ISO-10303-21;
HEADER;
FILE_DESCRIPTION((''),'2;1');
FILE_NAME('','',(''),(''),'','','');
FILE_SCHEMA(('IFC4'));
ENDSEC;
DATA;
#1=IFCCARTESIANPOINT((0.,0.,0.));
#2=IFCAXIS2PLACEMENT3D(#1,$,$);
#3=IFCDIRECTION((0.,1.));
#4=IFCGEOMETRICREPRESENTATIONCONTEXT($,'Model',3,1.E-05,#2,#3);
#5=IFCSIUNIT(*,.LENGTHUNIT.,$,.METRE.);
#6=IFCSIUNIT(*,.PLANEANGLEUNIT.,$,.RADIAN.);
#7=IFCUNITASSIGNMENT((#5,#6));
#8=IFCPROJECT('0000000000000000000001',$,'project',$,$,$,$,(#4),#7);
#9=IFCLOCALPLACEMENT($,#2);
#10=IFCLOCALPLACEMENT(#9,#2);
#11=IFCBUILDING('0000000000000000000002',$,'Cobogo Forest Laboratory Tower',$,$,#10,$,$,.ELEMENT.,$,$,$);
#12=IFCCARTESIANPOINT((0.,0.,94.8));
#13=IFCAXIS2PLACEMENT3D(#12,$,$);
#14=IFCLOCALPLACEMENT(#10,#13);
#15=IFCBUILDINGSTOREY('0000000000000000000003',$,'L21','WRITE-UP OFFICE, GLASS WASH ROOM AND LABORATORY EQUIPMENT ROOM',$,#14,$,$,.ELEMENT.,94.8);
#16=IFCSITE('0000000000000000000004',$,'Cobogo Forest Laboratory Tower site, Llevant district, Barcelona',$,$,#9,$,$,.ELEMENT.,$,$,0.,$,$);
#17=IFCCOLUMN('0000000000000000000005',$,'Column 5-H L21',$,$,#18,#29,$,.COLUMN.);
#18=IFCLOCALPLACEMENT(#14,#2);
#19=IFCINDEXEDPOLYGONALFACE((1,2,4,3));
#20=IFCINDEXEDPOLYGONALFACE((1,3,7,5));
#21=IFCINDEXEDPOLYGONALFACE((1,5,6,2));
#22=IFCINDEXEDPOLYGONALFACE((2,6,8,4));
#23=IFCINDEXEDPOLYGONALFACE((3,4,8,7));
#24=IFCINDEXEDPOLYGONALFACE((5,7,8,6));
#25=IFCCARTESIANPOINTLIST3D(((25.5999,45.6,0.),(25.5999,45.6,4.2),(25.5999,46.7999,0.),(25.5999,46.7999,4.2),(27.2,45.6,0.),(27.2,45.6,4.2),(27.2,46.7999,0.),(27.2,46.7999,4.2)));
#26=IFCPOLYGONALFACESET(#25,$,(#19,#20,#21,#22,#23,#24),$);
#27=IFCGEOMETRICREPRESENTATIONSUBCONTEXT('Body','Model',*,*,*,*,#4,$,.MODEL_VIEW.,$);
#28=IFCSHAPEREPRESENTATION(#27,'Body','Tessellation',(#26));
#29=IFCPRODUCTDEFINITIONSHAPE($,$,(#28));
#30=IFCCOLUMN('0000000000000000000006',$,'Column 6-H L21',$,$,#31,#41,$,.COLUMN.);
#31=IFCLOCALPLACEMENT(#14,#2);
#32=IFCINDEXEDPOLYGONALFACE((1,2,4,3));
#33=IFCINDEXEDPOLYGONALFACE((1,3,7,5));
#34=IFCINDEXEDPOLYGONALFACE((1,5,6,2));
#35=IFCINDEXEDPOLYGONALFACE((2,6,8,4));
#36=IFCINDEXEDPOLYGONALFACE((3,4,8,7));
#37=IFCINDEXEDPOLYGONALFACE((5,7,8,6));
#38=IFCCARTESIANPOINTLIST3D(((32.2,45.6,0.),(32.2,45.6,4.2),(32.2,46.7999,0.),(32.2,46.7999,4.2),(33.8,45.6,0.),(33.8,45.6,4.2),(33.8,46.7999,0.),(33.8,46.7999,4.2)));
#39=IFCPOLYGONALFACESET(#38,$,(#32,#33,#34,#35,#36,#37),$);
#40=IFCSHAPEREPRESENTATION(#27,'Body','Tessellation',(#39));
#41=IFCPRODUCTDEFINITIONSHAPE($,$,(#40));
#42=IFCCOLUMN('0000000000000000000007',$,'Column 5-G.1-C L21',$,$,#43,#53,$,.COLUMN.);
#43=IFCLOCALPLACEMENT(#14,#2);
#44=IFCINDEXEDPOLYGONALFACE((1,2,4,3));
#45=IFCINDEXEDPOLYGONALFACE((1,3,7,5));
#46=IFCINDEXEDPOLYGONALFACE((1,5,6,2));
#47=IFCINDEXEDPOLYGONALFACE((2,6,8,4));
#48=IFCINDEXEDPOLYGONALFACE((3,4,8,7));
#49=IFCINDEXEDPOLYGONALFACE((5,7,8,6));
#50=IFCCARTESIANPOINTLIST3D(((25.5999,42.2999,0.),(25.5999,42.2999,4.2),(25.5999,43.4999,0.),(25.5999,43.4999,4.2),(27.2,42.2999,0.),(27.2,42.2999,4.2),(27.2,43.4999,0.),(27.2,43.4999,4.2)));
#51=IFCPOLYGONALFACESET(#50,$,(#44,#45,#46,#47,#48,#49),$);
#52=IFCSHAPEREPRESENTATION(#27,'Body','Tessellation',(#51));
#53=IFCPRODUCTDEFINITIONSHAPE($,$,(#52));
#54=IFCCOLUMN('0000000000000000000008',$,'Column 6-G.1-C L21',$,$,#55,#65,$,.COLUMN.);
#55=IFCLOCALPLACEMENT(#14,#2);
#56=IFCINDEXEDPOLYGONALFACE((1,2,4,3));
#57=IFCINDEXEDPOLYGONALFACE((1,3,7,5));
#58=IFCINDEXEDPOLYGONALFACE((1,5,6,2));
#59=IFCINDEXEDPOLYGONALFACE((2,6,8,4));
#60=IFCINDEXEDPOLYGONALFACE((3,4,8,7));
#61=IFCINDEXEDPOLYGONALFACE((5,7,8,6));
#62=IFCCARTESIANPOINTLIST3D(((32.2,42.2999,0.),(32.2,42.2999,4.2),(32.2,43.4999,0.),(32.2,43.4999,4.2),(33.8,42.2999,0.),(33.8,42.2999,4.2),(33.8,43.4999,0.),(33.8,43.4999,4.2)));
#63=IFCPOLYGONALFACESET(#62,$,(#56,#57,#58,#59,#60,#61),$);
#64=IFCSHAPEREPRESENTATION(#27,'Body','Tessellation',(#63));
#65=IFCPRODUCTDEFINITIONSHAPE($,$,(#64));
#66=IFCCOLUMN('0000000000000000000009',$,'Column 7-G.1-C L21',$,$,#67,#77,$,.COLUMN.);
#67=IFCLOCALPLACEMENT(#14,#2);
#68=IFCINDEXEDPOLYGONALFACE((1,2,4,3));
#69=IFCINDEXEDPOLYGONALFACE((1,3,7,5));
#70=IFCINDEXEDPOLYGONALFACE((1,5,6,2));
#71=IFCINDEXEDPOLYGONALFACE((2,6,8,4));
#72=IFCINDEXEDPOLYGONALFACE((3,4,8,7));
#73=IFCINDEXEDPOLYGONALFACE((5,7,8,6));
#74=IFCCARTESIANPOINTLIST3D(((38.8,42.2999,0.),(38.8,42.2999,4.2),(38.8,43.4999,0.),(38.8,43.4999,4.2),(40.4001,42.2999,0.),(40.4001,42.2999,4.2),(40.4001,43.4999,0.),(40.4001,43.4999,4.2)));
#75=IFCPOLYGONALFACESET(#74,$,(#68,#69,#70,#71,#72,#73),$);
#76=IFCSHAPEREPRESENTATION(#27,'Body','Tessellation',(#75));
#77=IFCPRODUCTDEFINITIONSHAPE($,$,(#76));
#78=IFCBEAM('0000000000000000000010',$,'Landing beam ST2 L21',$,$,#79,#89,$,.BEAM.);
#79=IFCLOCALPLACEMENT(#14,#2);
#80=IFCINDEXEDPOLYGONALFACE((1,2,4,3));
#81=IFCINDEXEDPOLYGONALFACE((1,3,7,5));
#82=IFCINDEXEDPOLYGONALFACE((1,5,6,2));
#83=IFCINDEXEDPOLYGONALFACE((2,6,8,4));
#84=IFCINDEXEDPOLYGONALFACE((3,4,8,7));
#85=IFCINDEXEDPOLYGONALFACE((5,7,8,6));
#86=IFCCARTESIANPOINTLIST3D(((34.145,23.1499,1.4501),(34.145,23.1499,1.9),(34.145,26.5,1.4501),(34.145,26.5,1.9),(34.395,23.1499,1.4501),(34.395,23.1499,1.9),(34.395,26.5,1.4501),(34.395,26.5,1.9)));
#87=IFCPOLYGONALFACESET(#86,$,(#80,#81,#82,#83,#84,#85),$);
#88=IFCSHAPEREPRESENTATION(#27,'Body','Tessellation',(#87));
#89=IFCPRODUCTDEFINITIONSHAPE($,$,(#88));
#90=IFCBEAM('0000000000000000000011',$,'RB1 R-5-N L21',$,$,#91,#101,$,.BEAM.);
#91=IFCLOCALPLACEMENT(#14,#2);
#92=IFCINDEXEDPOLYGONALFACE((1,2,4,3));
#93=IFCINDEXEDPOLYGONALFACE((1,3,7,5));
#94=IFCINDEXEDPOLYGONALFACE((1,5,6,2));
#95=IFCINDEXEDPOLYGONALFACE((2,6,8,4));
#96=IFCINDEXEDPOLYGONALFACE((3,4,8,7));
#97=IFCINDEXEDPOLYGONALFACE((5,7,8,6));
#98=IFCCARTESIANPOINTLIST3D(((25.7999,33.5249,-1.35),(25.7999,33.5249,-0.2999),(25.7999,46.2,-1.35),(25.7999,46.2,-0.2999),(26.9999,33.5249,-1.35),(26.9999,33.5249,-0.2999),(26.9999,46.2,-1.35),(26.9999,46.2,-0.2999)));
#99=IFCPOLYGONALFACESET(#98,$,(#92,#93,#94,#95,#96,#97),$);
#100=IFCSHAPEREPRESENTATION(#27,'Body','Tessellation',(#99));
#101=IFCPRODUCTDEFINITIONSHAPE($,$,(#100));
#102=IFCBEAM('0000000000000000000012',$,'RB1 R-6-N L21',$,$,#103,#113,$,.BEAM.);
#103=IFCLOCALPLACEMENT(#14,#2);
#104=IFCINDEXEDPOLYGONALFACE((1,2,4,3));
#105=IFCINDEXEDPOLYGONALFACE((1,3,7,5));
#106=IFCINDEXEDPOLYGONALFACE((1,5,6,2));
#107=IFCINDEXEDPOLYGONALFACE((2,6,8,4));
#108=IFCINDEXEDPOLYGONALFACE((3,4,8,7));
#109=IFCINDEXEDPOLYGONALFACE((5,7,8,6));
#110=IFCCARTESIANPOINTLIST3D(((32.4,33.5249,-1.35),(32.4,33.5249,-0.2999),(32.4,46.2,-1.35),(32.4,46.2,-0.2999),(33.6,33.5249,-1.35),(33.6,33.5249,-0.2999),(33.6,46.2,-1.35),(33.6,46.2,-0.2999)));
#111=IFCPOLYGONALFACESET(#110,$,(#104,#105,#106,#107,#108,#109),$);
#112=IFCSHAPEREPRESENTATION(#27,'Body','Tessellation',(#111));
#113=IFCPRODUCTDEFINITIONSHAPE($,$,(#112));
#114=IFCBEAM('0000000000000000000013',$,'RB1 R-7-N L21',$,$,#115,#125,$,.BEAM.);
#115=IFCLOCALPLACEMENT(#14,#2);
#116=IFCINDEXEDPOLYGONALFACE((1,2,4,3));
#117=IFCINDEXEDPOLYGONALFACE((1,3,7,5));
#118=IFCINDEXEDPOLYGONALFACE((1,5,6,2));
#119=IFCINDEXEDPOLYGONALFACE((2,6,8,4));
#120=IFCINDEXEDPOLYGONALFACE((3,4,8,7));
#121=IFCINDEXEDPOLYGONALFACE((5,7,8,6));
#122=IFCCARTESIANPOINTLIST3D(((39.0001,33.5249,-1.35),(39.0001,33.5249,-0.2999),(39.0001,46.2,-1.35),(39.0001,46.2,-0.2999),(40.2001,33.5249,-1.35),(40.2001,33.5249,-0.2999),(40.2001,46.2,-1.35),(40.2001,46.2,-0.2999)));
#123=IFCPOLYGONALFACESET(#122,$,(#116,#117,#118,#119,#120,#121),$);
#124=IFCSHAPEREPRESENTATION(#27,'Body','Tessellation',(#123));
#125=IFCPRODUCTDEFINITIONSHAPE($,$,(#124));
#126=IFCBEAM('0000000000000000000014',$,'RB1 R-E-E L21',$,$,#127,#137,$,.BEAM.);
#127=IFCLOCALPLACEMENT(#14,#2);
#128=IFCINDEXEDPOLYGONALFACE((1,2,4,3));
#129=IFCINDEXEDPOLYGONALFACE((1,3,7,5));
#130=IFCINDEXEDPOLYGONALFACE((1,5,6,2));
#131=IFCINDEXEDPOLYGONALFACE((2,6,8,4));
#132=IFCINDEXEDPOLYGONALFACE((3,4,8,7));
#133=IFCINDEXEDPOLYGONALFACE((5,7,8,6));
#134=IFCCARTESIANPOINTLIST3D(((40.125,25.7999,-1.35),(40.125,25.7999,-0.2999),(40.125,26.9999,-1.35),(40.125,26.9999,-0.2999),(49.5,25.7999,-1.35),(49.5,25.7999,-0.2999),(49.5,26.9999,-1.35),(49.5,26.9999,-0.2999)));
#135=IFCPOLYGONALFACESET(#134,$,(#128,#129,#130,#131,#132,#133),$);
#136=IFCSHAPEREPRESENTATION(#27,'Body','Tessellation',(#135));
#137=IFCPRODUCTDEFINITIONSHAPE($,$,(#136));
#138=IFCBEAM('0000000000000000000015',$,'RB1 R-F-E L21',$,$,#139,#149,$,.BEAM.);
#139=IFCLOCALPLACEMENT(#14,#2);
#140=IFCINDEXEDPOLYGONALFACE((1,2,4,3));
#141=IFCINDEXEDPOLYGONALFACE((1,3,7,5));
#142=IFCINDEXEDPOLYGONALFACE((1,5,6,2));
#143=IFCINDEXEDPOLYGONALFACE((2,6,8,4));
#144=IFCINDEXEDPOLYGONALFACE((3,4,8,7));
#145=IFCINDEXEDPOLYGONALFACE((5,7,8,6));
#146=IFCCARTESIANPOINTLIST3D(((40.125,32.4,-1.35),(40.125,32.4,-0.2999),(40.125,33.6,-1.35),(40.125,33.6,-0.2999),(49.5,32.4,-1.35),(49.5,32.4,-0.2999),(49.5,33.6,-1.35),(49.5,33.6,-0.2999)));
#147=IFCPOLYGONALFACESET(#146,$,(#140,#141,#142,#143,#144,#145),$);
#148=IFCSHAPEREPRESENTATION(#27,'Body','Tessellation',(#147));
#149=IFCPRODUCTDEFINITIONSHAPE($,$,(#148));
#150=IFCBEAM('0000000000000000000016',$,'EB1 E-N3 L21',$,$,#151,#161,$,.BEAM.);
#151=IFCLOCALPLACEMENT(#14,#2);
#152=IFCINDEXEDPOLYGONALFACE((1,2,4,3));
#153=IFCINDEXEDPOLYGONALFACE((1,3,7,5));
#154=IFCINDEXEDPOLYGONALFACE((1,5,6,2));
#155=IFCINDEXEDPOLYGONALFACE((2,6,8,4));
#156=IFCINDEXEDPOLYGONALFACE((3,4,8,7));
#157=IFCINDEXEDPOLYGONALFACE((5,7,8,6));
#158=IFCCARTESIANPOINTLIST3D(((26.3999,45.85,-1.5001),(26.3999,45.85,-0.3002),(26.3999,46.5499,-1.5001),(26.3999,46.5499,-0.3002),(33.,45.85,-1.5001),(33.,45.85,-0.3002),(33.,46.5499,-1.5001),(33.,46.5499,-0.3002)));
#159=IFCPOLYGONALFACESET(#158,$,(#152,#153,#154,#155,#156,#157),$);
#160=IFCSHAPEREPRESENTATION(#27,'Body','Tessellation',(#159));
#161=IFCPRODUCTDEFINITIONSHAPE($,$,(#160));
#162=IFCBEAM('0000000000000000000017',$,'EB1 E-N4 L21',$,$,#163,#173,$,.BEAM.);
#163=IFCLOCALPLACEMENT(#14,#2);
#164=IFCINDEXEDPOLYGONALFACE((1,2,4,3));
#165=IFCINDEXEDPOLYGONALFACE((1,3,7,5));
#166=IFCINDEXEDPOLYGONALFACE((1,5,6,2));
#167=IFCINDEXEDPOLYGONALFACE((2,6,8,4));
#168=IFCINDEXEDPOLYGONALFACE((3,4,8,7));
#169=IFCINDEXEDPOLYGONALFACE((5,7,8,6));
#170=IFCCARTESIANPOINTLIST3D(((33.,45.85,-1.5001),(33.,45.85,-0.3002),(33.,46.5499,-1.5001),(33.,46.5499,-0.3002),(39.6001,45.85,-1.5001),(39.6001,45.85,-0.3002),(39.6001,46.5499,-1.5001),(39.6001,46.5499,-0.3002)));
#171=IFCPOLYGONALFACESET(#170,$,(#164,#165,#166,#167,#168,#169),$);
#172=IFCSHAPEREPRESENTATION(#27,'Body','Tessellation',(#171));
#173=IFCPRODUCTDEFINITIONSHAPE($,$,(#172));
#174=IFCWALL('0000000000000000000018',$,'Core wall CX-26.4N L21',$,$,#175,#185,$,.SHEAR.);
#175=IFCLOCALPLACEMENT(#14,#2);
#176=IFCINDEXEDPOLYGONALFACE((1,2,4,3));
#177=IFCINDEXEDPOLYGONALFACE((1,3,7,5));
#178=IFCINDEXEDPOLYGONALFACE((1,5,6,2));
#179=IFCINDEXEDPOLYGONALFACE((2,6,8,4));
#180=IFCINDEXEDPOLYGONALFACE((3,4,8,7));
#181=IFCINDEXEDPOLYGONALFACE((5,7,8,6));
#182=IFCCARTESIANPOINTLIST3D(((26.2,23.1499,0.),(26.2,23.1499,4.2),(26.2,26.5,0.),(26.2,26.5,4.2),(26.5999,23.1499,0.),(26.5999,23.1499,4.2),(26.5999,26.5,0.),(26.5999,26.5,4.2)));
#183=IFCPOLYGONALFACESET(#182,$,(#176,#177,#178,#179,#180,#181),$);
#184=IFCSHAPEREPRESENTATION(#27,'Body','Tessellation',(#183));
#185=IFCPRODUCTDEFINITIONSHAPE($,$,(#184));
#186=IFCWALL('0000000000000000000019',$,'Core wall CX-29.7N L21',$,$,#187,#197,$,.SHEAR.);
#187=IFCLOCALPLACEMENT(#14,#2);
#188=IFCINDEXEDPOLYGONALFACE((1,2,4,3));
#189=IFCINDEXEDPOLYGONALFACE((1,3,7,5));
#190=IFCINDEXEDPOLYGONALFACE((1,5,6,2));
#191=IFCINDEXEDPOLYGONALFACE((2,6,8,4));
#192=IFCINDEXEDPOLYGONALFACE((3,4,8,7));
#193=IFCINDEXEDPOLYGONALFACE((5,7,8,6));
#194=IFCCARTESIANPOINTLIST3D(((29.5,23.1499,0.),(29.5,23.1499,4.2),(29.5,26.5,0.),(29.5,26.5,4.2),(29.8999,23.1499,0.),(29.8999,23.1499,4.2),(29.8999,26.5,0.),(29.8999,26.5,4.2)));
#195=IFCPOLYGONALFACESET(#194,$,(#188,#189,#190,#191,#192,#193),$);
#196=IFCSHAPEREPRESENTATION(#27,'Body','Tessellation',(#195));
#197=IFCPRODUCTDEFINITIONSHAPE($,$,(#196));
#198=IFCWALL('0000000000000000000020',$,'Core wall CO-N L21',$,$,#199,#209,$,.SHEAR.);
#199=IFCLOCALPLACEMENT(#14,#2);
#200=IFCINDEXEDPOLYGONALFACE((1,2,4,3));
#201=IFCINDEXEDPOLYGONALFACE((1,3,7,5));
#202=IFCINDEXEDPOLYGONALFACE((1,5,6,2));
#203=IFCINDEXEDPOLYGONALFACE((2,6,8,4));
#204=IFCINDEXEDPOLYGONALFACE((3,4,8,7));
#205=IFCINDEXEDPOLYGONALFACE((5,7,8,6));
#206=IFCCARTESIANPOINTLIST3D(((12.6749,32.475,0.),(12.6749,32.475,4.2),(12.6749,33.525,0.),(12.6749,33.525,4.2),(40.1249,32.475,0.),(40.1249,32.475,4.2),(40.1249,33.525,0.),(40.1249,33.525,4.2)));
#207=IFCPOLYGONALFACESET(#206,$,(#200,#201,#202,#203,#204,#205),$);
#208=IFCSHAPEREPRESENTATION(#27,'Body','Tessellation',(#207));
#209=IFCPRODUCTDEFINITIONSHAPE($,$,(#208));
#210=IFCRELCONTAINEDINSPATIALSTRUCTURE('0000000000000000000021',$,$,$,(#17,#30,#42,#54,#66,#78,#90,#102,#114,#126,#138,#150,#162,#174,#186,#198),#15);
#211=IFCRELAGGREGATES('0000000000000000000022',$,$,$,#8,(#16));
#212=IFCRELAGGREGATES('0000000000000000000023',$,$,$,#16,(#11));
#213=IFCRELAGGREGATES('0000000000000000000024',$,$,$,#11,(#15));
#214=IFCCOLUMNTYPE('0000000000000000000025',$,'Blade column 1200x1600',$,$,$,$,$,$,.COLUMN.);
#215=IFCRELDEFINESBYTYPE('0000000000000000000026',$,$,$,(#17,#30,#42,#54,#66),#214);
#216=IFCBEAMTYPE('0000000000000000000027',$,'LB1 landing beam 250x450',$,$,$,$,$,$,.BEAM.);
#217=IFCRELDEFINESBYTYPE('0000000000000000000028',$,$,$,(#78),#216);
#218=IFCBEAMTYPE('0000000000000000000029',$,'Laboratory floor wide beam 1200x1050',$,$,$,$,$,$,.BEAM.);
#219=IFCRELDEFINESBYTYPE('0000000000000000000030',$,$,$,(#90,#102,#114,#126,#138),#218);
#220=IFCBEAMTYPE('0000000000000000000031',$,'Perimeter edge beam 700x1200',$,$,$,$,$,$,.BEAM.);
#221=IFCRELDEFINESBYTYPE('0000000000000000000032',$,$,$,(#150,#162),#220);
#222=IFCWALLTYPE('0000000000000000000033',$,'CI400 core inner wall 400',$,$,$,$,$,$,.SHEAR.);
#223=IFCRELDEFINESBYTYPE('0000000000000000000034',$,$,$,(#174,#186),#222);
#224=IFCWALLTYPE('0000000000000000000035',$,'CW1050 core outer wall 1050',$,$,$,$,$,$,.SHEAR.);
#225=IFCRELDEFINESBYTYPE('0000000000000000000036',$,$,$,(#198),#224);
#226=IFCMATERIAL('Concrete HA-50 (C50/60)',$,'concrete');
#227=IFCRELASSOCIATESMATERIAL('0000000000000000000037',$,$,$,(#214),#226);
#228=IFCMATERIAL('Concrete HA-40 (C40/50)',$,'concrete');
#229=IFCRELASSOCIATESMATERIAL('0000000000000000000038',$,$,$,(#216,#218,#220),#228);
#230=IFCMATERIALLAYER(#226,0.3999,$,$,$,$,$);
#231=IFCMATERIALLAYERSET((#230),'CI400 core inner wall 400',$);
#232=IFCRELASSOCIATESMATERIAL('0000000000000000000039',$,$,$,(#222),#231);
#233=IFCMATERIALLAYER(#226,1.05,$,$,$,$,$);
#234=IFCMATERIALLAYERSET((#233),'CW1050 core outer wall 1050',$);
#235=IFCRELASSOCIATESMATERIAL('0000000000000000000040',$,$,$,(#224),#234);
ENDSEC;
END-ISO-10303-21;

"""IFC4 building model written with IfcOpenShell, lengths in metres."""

from ifc_helpers import new_model, si_unit, direction, frame, frame_2d, origin, origin_2d, place, context, subcontext, project, spatial, rectangle, extrude, material, layer, layer_set, material_profile, profile_set, type_object, element, save


model = new_model("IFC4")

# Units and contexts
model_context = context("Model", 3, precision=1e-05, world=origin(), true_north=direction((0.0, 1.0)))
body_context = subcontext(model_context, "Body", "Model", "MODEL_VIEW")
ifc_project = project(units=[si_unit("LENGTHUNIT", "METRE"), si_unit("PLANEANGLEUNIT", "RADIAN")], contexts=[model_context])

# Site, building, storey
site_placement = place(None, origin())
site = spatial("IfcSite", under=ifc_project, at=site_placement, Name="Cobogo Forest Laboratory Tower site, Llevant district, Barcelona", CompositionType="ELEMENT", RefElevation=0.0)
building_placement = place(site_placement, origin())
building = spatial("IfcBuilding", under=site, at=building_placement, Name="Cobogo Forest Laboratory Tower", CompositionType="ELEMENT")
storey_placement = place(building_placement, frame((0.0, 0.0, 94.8)))
storey = spatial("IfcBuildingStorey", under=building, at=storey_placement, Name="L21", Description="WRITE-UP OFFICE, GLASS WASH ROOM AND LABORATORY EQUIPMENT ROOM", CompositionType="ELEMENT", Elevation=94.8)

# Columns
ifc_material_1 = material(Name="Concrete HA-50 (C50/60)", Category="concrete")
ifc_material_profile_1 = material_profile(ifc_material_1, rectangle(XDim=1.6001, YDim=1.2, at=origin_2d()), Name="RC 1200x1600")
ifc_profile_set_1 = profile_set([ifc_material_profile_1], Name="Concrete HA-50 (C50/60)")
column_type = type_object("IfcColumnType", Name="Blade column 1200x1600", PredefinedType="COLUMN", material=ifc_profile_set_1)
for number, where, z_axis, x_axis, name in (
    (1, (26.3999, 46.2, 0.0), (0.0, 0.0, 1.0), (1.0, 0.0, 0.0), "Column 5-H L21"),
    (2, (33.0, 46.2, 0.0), (0.0, 0.0, 1.0), (1.0, 0.0, 0.0), "Column 6-H L21"),
    (3, (26.3999, 42.8999, 0.0), (0.0, 0.0, 1.0), (1.0, 0.0, 0.0), "Column 5-G.1-C L21"),
    (4, (33.0, 42.8999, 0.0), (0.0, 0.0, 1.0), (1.0, 0.0, 0.0), "Column 6-G.1-C L21"),
    (5, (39.6001, 42.8999, 0.0), (0.0, 0.0, 1.0), (1.0, 0.0, 0.0), "Column 7-G.1-C L21"),
):
    element("IfcColumn", number, at=place(storey_placement, frame(where, z_axis=z_axis, x_axis=x_axis)), inside=storey, type_object=column_type, Name=name, PredefinedType="COLUMN", context=body_context, shape_type="SweptSolid", body=[
        extrude(rectangle(XDim=1.6001, YDim=1.2, at=origin_2d()), origin(), (0.0, 0.0, 1.0), 4.2),
    ])

# Beams
ifc_material_2 = material(Name="Concrete HA-40 (C40/50)", Category="concrete")
ifc_material_profile_2 = material_profile(ifc_material_2, rectangle(XDim=0.25, YDim=0.45, at=origin_2d()), Name="RC 250x450")
ifc_profile_set_2 = profile_set([ifc_material_profile_2], Name="Concrete HA-40 (C40/50)")
beam_type_1 = type_object("IfcBeamType", Name="LB1 landing beam 250x450", PredefinedType="BEAM", material=ifc_profile_set_2)
beam_placement = place(storey_placement, frame((34.27, 23.1499, 1.675), z_axis=(0.0, 1.0, 0.0), x_axis=(-1.0, 0.0, 0.0)))
element("IfcBeam", 6, at=beam_placement, inside=storey, type_object=beam_type_1, Name="Landing beam ST2 L21", PredefinedType="BEAM", context=body_context, shape_type="SweptSolid", body=[
    extrude(rectangle(XDim=0.25, YDim=0.45, at=origin_2d()), origin(), (0.0, 0.0, 1.0), 3.3501),
])
ifc_material_profile_3 = material_profile(ifc_material_2, rectangle(XDim=1.2, YDim=1.05, at=origin_2d()), Name="RC 1200x1050")
ifc_profile_set_3 = profile_set([ifc_material_profile_3], Name="Concrete HA-40 (C40/50)")
beam_type_2 = type_object("IfcBeamType", Name="Laboratory floor wide beam 1200x1050", PredefinedType="BEAM", material=ifc_profile_set_3)
for number, where, z_axis, x_axis, name in (
    (7, (26.3999, 33.5249, -0.825), (0.0, 1.0, 0.0), (-1.0, 0.0, 0.0), "RB1 R-5-N L21"),
    (8, (33.0, 33.5249, -0.825), (0.0, 1.0, 0.0), (-1.0, 0.0, 0.0), "RB1 R-6-N L21"),
    (9, (39.6001, 33.5249, -0.825), (0.0, 1.0, 0.0), (-1.0, 0.0, 0.0), "RB1 R-7-N L21"),
):
    element("IfcBeam", number, at=place(storey_placement, frame(where, z_axis=z_axis, x_axis=x_axis)), inside=storey, type_object=beam_type_2, Name=name, PredefinedType="BEAM", context=body_context, shape_type="SweptSolid", body=[
        extrude(rectangle(XDim=1.2, YDim=1.05, at=origin_2d()), origin(), (0.0, 0.0, 1.0), 12.675),
    ])
for number, where, z_axis, x_axis, name in (
    (10, (40.125, 26.3999, -0.825), (1.0, 0.0, 0.0), (0.0, 1.0, 0.0), "RB1 R-E-E L21"),
    (11, (40.125, 33.0, -0.825), (1.0, 0.0, 0.0), (0.0, 1.0, 0.0), "RB1 R-F-E L21"),
):
    element("IfcBeam", number, at=place(storey_placement, frame(where, z_axis=z_axis, x_axis=x_axis)), inside=storey, type_object=beam_type_2, Name=name, PredefinedType="BEAM", context=body_context, shape_type="SweptSolid", body=[
        extrude(rectangle(XDim=1.2, YDim=1.05, at=origin_2d()), origin(), (0.0, 0.0, 1.0), 9.375),
    ])
ifc_material_profile_4 = material_profile(ifc_material_2, rectangle(XDim=0.7, YDim=1.2, at=origin_2d()), Name="RC 700x1200")
ifc_profile_set_4 = profile_set([ifc_material_profile_4], Name="Concrete HA-40 (C40/50)")
beam_type_3 = type_object("IfcBeamType", Name="Perimeter edge beam 700x1200", PredefinedType="BEAM", material=ifc_profile_set_4)
for number, where, z_axis, x_axis, name in (
    (12, (26.3999, 46.2, -0.9001), (1.0, 0.0, 0.0), (0.0, 1.0, 0.0), "EB1 E-N3 L21"),
    (13, (33.0, 46.2, -0.9001), (1.0, 0.0, 0.0), (0.0, 1.0, 0.0), "EB1 E-N4 L21"),
):
    element("IfcBeam", number, at=place(storey_placement, frame(where, z_axis=z_axis, x_axis=x_axis)), inside=storey, type_object=beam_type_3, Name=name, PredefinedType="BEAM", context=body_context, shape_type="SweptSolid", body=[
        extrude(rectangle(XDim=0.7, YDim=1.2, at=origin_2d()), origin(), (0.0, 0.0, 1.0), 6.6001),
    ])

# Walls
ifc_layer_1 = layer(ifc_material_1, 0.3999)
ifc_layer_set_1 = layer_set([ifc_layer_1], Name="CI400 core inner wall 400")
wall_type_1 = type_object("IfcWallType", Name="CI400 core inner wall 400", PredefinedType="SHEAR", material=ifc_layer_set_1)
for number, where, z_axis, x_axis, name in (
    (14, (26.3999, 23.1499, 0.0), (0.0, 0.0, 1.0), (0.0, 1.0, 0.0), "Core wall CX-26.4N L21"),
    (15, (29.7, 23.1499, 0.0), (0.0, 0.0, 1.0), (0.0, 1.0, 0.0), "Core wall CX-29.7N L21"),
):
    element("IfcWall", number, at=place(storey_placement, frame(where, z_axis=z_axis, x_axis=x_axis)), inside=storey, type_object=wall_type_1, Name=name, PredefinedType="SHEAR", context=body_context, shape_type="SweptSolid", body=[
        extrude(rectangle(XDim=3.3501, YDim=0.3999, at=frame_2d((1.675, 0.0))), origin(), (0.0, 0.0, 1.0), 4.2),
    ])
ifc_layer_2 = layer(ifc_material_1, 1.05)
ifc_layer_set_2 = layer_set([ifc_layer_2], Name="CW1050 core outer wall 1050")
wall_type_2 = type_object("IfcWallType", Name="CW1050 core outer wall 1050", PredefinedType="SHEAR", material=ifc_layer_set_2)
wall_1_placement = place(storey_placement, frame((40.125, 33.0, 0.0), z_axis=(0.0, 0.0, 1.0), x_axis=(-1.0, 0.0, 0.0)))
element("IfcWall", 16, at=wall_1_placement, inside=storey, type_object=wall_type_2, Name="Core wall CO-N L21", PredefinedType="SHEAR", context=body_context, shape_type="SweptSolid", body=[
    extrude(rectangle(XDim=27.45, YDim=1.05, at=frame_2d((13.7251, 0.0))), origin(), (0.0, 0.0, 1.0), 4.2),
])

save(model, "model.ifc")
